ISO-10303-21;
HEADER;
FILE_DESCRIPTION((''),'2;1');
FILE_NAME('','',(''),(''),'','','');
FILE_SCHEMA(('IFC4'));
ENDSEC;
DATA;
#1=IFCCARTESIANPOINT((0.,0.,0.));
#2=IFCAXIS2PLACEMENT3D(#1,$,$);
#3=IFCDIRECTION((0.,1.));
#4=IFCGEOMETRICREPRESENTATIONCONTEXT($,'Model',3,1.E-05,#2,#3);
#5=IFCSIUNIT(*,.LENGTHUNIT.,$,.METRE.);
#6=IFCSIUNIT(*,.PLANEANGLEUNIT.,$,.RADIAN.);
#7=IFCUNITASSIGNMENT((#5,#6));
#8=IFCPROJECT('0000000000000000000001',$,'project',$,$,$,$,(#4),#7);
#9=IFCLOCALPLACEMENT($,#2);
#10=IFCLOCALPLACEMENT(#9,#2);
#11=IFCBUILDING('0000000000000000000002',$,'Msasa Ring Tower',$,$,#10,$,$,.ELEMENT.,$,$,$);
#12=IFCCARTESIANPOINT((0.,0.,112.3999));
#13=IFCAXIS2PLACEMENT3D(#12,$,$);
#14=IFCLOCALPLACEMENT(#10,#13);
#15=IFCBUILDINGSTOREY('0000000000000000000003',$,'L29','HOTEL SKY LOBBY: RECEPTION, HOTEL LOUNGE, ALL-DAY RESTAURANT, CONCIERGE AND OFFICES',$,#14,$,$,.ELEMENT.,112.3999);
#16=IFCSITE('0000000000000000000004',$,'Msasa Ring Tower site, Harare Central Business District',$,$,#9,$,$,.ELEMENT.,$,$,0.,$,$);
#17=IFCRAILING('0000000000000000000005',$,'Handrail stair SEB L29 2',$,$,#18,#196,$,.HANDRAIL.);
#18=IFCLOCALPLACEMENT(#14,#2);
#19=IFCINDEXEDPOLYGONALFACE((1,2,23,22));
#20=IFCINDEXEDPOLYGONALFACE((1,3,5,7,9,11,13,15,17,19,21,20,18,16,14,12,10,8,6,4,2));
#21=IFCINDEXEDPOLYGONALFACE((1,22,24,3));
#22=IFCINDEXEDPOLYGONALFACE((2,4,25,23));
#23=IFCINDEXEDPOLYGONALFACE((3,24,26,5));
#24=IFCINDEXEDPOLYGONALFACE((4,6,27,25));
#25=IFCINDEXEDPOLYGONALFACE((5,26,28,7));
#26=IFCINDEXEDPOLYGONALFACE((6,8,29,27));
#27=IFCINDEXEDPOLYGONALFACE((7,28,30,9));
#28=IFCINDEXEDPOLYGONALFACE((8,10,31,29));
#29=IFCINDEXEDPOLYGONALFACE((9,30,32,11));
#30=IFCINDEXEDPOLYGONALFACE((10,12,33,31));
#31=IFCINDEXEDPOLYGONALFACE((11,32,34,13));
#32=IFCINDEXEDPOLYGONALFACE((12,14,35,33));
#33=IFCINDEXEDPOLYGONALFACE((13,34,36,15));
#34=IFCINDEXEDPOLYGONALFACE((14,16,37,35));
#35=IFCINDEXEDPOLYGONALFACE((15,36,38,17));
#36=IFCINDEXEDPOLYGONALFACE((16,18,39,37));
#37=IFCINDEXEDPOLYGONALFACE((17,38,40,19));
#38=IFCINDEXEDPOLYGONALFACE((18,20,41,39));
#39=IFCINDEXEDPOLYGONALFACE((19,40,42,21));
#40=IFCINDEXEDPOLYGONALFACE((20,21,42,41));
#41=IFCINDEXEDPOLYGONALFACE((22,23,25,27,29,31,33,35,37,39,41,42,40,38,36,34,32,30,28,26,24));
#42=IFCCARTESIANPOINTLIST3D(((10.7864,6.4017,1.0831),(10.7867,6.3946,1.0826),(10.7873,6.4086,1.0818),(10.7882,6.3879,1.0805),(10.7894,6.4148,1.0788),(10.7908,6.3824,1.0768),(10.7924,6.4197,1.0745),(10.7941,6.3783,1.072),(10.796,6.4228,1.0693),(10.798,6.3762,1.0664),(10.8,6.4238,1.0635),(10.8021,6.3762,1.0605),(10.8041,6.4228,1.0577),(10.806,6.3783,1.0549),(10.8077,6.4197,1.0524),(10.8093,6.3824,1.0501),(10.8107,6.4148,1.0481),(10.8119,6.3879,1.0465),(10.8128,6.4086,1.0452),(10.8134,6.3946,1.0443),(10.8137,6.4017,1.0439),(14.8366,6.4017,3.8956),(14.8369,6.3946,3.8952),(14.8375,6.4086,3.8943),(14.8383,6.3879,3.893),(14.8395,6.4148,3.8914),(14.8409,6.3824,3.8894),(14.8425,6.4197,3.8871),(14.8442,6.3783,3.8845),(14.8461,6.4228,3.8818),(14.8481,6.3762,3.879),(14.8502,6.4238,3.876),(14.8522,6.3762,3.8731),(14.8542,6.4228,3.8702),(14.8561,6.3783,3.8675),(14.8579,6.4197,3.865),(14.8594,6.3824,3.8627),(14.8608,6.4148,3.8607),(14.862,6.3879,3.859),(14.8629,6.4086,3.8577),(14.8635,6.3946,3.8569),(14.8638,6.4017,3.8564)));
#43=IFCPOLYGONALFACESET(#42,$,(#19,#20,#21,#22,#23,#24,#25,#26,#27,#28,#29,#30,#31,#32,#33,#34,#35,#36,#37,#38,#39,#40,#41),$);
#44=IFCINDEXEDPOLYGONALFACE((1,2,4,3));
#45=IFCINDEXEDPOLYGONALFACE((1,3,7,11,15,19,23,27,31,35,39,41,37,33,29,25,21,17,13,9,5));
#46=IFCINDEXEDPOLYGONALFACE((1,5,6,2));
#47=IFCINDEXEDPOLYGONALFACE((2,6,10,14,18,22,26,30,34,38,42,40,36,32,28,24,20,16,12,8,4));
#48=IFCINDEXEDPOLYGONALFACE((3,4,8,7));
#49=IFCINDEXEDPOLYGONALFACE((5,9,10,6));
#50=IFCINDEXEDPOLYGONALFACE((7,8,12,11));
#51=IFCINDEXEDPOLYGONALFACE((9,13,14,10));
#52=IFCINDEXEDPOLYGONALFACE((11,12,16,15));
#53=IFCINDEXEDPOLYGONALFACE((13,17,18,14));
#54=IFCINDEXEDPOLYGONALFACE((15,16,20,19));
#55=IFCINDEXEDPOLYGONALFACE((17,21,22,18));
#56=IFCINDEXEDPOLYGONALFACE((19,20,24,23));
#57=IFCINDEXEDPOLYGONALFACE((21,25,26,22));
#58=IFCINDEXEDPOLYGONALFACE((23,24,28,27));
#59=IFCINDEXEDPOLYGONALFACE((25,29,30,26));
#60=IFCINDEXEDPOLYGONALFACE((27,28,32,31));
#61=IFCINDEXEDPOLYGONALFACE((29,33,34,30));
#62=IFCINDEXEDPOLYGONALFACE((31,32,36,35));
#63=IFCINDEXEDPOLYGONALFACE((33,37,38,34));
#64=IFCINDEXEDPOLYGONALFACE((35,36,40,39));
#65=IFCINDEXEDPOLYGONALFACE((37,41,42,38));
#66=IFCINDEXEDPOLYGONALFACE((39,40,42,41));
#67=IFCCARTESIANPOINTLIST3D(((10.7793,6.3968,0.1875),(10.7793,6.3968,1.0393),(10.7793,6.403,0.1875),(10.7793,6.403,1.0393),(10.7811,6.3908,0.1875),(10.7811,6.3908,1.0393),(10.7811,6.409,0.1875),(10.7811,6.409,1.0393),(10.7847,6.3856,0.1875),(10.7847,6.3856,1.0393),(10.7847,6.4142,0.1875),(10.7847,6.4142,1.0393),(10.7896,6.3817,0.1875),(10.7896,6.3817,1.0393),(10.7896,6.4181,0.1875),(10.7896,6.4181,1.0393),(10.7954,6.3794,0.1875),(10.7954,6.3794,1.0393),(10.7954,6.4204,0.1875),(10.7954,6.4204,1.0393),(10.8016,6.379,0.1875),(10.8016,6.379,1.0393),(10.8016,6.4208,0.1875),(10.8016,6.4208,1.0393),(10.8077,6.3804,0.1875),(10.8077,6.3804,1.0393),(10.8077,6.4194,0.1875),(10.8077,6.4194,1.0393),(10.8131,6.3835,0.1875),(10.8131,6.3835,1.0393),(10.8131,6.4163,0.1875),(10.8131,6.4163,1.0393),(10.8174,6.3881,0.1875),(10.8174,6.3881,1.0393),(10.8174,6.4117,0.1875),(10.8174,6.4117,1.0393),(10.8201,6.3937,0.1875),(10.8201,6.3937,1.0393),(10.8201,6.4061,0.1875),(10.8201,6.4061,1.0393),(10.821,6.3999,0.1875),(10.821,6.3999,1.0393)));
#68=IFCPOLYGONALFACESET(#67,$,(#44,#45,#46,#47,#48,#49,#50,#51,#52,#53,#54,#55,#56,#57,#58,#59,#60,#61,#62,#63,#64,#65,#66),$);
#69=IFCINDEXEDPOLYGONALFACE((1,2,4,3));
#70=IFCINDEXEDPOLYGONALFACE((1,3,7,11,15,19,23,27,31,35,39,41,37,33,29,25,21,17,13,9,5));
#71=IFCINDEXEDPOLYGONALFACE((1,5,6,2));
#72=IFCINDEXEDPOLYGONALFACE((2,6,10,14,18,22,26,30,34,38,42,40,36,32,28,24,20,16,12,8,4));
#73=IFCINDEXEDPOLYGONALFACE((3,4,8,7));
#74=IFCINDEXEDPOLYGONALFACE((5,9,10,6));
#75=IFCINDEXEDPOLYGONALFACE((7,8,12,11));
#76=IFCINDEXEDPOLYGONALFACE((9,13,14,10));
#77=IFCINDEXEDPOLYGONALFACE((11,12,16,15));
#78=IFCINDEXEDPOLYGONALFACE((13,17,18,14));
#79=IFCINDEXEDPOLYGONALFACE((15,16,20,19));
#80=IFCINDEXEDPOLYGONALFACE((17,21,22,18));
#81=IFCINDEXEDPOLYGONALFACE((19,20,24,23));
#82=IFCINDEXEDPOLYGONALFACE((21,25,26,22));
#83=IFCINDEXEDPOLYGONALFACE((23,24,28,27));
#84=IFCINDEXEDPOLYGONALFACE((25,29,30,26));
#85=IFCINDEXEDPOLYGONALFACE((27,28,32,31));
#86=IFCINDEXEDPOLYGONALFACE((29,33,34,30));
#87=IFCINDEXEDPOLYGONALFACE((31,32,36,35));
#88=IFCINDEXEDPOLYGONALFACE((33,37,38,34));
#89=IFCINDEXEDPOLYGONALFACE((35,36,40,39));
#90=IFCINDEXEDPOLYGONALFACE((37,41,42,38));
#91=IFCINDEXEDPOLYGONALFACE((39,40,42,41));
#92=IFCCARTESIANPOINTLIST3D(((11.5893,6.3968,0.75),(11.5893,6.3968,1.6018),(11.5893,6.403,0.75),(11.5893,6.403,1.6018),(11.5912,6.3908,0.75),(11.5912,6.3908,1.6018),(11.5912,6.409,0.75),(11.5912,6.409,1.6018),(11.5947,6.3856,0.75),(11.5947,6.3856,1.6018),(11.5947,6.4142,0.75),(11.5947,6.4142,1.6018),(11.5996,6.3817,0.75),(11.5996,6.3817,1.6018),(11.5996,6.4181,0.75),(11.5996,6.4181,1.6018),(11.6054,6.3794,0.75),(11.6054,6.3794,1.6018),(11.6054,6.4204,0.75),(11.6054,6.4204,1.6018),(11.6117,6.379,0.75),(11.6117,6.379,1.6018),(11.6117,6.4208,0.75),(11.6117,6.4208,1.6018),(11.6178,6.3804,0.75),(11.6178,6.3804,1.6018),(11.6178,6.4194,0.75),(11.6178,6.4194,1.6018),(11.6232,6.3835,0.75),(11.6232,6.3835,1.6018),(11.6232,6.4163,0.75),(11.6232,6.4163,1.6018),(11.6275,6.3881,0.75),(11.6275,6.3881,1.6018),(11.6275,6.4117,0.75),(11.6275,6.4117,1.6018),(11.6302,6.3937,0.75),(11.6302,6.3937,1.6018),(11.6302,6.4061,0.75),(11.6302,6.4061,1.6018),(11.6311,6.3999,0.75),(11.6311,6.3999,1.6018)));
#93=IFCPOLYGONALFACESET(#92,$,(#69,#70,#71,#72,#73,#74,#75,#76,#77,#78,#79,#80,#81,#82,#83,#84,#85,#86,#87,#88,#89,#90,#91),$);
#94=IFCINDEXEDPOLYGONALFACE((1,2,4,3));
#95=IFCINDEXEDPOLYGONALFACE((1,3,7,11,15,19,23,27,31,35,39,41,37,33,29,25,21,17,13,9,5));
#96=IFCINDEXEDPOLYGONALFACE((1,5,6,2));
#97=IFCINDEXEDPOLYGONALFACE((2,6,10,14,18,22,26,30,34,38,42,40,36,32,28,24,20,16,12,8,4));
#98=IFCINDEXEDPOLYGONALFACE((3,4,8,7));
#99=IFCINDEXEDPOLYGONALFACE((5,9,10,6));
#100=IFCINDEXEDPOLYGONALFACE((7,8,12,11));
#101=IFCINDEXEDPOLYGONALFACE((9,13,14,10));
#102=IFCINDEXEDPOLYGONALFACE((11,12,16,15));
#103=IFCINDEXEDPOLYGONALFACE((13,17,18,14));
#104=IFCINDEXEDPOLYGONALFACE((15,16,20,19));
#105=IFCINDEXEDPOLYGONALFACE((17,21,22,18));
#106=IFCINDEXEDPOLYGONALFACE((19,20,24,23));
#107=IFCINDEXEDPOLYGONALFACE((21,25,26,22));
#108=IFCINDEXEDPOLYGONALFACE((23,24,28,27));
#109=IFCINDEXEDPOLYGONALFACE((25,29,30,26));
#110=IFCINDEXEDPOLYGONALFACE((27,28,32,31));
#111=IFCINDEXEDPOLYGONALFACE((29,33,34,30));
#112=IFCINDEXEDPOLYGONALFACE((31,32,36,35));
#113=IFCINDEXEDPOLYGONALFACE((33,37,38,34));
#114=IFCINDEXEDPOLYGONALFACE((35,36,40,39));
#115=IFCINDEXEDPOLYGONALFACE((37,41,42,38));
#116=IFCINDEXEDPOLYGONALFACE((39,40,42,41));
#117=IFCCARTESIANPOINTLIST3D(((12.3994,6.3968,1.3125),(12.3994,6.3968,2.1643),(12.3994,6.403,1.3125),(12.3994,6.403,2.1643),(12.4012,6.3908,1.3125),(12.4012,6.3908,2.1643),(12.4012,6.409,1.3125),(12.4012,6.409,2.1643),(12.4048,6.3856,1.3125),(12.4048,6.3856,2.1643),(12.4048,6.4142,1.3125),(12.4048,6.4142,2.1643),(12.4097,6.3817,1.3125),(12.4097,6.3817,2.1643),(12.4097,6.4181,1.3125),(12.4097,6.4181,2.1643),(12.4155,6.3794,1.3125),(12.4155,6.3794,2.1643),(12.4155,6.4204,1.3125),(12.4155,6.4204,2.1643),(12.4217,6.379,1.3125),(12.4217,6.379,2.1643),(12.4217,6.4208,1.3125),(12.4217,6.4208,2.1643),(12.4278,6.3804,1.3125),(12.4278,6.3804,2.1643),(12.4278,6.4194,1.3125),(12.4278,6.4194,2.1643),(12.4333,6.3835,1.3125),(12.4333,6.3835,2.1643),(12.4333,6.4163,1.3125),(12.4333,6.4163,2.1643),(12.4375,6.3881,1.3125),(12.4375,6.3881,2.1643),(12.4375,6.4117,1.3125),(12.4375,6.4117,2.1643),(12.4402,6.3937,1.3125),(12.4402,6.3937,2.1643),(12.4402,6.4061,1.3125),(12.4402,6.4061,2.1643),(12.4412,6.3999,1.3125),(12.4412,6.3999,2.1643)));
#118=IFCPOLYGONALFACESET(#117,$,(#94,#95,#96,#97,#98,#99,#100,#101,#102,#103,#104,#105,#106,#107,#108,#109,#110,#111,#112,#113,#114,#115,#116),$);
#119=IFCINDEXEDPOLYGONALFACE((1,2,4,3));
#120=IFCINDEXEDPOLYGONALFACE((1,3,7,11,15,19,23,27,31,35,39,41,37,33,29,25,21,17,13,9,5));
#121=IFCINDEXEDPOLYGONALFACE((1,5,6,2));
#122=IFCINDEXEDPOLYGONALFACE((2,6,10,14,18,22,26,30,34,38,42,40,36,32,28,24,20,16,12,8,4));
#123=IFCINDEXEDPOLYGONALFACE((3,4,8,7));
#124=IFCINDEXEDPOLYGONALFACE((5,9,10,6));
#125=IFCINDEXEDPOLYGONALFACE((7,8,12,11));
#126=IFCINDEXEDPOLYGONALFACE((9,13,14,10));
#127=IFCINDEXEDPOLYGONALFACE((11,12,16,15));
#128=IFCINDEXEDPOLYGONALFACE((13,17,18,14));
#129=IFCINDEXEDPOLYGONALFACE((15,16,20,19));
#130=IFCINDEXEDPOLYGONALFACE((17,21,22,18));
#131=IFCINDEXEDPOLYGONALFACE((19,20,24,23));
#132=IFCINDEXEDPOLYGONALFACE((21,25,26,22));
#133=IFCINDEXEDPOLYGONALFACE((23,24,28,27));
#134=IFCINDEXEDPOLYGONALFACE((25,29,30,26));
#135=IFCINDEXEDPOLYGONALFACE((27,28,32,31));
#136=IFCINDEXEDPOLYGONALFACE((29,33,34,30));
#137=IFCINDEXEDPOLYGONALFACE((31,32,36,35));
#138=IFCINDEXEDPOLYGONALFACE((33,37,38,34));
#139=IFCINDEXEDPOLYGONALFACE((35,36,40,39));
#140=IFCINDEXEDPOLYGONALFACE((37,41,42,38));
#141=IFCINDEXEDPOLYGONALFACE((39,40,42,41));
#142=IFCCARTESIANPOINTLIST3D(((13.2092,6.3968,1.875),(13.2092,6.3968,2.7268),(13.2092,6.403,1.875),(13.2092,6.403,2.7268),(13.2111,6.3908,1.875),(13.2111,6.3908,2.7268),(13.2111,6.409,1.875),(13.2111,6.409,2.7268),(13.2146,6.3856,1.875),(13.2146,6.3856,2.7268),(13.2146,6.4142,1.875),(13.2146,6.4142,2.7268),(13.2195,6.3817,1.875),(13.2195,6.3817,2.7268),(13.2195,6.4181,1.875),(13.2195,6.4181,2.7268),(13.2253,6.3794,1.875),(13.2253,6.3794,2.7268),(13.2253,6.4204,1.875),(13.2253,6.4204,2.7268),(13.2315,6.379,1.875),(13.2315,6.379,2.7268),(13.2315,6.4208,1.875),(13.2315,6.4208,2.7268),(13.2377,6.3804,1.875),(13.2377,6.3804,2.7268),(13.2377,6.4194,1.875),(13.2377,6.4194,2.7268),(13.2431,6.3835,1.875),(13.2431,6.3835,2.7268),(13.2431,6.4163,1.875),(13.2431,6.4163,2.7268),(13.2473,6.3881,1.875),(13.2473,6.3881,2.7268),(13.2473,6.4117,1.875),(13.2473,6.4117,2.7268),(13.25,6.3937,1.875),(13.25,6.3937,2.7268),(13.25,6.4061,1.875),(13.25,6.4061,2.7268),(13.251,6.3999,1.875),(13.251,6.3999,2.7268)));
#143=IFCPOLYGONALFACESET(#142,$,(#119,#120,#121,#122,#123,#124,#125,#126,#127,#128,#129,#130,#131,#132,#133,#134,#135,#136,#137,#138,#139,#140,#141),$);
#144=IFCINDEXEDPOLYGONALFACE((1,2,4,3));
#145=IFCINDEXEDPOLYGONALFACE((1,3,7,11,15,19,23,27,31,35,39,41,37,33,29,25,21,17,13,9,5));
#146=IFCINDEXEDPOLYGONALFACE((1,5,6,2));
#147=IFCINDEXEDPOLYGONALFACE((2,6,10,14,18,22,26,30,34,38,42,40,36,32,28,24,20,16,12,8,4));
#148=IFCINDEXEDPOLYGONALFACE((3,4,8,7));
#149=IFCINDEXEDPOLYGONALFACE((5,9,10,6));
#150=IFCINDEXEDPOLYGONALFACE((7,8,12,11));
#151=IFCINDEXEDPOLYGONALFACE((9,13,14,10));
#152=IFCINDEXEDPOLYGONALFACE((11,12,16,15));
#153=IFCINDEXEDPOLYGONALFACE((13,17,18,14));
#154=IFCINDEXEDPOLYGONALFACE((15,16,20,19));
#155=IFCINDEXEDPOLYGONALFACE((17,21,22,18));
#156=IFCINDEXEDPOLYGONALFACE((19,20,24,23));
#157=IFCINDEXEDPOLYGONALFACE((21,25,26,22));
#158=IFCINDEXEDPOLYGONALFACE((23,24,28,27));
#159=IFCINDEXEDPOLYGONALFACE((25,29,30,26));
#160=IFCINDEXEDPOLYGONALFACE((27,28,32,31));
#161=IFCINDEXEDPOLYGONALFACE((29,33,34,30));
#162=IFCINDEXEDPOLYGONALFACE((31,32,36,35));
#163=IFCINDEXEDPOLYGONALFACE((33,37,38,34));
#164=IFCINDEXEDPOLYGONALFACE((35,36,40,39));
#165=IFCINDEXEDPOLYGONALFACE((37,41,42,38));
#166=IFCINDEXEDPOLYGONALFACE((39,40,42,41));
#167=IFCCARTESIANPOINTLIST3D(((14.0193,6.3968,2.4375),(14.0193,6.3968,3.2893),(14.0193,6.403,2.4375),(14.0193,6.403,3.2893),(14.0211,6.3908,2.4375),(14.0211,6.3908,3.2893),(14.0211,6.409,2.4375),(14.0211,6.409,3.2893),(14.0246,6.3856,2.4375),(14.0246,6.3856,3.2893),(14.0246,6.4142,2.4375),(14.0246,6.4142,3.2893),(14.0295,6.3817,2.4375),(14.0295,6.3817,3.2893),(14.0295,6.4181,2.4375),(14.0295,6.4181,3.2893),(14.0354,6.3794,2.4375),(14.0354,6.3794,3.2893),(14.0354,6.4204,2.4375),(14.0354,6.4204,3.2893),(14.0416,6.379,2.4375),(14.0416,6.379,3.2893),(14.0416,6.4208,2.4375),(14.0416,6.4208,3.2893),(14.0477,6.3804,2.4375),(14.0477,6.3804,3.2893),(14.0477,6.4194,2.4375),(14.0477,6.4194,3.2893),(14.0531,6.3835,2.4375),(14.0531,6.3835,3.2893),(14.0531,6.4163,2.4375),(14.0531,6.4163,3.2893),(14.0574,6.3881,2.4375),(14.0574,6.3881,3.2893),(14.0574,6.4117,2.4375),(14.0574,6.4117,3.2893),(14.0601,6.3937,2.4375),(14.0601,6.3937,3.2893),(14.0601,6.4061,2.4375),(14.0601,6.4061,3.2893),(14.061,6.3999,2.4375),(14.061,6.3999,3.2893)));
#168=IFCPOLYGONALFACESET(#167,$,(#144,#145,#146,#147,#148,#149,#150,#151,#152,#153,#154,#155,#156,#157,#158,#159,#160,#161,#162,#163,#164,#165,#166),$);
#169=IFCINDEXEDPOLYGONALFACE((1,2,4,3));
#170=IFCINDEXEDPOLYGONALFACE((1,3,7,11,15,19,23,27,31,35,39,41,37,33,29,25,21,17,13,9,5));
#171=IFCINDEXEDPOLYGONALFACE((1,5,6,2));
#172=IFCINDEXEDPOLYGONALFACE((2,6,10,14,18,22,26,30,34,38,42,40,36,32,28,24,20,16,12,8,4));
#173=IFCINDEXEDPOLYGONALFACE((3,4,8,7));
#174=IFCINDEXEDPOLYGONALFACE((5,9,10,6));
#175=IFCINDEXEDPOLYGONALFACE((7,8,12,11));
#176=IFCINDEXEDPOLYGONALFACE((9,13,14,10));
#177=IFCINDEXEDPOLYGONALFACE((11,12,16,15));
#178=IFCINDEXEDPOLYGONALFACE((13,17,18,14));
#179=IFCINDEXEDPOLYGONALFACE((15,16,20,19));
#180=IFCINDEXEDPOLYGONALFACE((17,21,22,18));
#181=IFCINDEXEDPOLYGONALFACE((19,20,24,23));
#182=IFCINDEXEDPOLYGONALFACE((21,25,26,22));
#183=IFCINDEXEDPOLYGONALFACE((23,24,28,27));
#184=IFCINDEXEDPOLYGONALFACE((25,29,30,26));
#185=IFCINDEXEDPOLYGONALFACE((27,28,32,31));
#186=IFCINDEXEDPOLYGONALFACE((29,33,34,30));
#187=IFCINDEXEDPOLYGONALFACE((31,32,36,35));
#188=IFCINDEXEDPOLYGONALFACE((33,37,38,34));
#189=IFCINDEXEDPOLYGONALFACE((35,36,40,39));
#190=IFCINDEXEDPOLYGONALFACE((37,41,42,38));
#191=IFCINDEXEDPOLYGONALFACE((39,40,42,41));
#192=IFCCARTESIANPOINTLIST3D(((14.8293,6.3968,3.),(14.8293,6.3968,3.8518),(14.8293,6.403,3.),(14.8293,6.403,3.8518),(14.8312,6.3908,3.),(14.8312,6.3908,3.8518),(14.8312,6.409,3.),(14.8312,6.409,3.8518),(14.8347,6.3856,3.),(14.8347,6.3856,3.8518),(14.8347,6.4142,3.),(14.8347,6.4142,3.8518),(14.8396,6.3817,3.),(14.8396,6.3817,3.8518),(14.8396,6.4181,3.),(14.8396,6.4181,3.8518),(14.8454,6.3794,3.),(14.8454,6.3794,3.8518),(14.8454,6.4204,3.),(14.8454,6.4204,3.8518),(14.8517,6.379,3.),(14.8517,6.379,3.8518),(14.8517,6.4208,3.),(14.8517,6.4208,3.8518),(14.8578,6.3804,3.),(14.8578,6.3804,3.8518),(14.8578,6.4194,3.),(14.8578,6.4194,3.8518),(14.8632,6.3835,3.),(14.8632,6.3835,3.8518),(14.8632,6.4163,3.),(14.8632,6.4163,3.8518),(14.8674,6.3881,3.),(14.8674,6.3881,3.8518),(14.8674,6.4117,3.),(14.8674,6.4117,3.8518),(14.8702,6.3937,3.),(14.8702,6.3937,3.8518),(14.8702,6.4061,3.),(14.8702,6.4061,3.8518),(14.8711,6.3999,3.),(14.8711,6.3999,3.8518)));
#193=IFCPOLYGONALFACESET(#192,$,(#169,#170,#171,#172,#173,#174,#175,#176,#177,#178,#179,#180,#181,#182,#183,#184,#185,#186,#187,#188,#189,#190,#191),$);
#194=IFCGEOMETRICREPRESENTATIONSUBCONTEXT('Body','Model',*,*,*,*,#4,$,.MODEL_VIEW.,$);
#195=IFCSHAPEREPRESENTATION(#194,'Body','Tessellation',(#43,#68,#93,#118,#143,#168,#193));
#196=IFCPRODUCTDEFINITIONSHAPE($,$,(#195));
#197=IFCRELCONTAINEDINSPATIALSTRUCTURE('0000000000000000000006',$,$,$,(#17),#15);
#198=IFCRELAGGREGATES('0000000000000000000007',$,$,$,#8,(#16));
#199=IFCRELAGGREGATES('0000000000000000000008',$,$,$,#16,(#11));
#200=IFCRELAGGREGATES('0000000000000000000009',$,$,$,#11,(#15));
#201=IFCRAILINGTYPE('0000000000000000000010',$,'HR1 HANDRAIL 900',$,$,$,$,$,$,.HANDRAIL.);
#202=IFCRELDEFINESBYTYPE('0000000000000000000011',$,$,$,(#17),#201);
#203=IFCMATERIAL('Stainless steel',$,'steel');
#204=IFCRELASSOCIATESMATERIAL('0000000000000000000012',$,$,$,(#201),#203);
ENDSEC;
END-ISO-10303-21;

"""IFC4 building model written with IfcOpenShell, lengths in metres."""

from ifc_helpers import new_model, si_unit, direction, frame, origin, origin_2d, place, context, subcontext, project, spatial, circle, extrude, material, type_object, element, save


model = new_model("IFC4")

# Units and contexts
model_context = context("Model", 3, precision=1e-05, world=origin(), true_north=direction((0.0, 1.0)))
body_context = subcontext(model_context, "Body", "Model", "MODEL_VIEW")
ifc_project = project(units=[si_unit("LENGTHUNIT", "METRE"), si_unit("PLANEANGLEUNIT", "RADIAN")], contexts=[model_context])

# Site, building, storey
site_placement = place(None, origin())
site = spatial("IfcSite", under=ifc_project, at=site_placement, Name="Msasa Ring Tower site, Harare Central Business District", CompositionType="ELEMENT", RefElevation=0.0)
building_placement = place(site_placement, origin())
building = spatial("IfcBuilding", under=site, at=building_placement, Name="Msasa Ring Tower", CompositionType="ELEMENT")
storey_placement = place(building_placement, frame((0.0, 0.0, 112.3999)))
storey = spatial("IfcBuildingStorey", under=building, at=storey_placement, Name="L29", Description="HOTEL SKY LOBBY: RECEPTION, HOTEL LOUNGE, ALL-DAY RESTAURANT, CONCIERGE AND OFFICES", CompositionType="ELEMENT", Elevation=112.3999)

# Railing
ifc_material_1 = material(Name="Stainless steel", Category="steel")
railing_type = type_object("IfcRailingType", Name="HR1 HANDRAIL 900", PredefinedType="HANDRAIL", material=ifc_material_1)
for number, where, name in (
    (1, (10.8, 6.3999, 0.1875), "Handrail stair SEB L29 2"),
):
    element("IfcRailing", number, at=place(storey_placement, frame(where)), inside=storey, type_object=railing_type, Name=name, PredefinedType="HANDRAIL", context=body_context, shape_type="SweptSolid", body=[
        extrude(circle(Radius=0.0239, at=origin_2d()), frame((0.0, 0.0, 0.876), z_axis=(0.821373, 0.0, 0.570391), x_axis=(0.0, 1.0, 0.0)), (0.0, 0.0, 1.0), 4.9309),
        extrude(circle(Radius=0.021, at=origin_2d()), origin(), (0.0, 0.0, 1.0), 0.8518),
        extrude(circle(Radius=0.021, at=origin_2d()), frame((0.8101, 0.0, 0.5625)), (0.0, 0.0, 1.0), 0.8518),
        extrude(circle(Radius=0.021, at=origin_2d()), frame((1.6201, 0.0, 1.125)), (0.0, 0.0, 1.0), 0.8518),
        extrude(circle(Radius=0.021, at=origin_2d()), frame((2.4299, 0.0, 1.6875)), (0.0, 0.0, 1.0), 0.8518),
        extrude(circle(Radius=0.021, at=origin_2d()), frame((3.24, 0.0, 2.25)), (0.0, 0.0, 1.0), 0.8518),
        extrude(circle(Radius=0.021, at=origin_2d()), frame((4.05, 0.0, 2.8125)), (0.0, 0.0, 1.0), 0.8518),
    ])

save(model, "model.ifc")
